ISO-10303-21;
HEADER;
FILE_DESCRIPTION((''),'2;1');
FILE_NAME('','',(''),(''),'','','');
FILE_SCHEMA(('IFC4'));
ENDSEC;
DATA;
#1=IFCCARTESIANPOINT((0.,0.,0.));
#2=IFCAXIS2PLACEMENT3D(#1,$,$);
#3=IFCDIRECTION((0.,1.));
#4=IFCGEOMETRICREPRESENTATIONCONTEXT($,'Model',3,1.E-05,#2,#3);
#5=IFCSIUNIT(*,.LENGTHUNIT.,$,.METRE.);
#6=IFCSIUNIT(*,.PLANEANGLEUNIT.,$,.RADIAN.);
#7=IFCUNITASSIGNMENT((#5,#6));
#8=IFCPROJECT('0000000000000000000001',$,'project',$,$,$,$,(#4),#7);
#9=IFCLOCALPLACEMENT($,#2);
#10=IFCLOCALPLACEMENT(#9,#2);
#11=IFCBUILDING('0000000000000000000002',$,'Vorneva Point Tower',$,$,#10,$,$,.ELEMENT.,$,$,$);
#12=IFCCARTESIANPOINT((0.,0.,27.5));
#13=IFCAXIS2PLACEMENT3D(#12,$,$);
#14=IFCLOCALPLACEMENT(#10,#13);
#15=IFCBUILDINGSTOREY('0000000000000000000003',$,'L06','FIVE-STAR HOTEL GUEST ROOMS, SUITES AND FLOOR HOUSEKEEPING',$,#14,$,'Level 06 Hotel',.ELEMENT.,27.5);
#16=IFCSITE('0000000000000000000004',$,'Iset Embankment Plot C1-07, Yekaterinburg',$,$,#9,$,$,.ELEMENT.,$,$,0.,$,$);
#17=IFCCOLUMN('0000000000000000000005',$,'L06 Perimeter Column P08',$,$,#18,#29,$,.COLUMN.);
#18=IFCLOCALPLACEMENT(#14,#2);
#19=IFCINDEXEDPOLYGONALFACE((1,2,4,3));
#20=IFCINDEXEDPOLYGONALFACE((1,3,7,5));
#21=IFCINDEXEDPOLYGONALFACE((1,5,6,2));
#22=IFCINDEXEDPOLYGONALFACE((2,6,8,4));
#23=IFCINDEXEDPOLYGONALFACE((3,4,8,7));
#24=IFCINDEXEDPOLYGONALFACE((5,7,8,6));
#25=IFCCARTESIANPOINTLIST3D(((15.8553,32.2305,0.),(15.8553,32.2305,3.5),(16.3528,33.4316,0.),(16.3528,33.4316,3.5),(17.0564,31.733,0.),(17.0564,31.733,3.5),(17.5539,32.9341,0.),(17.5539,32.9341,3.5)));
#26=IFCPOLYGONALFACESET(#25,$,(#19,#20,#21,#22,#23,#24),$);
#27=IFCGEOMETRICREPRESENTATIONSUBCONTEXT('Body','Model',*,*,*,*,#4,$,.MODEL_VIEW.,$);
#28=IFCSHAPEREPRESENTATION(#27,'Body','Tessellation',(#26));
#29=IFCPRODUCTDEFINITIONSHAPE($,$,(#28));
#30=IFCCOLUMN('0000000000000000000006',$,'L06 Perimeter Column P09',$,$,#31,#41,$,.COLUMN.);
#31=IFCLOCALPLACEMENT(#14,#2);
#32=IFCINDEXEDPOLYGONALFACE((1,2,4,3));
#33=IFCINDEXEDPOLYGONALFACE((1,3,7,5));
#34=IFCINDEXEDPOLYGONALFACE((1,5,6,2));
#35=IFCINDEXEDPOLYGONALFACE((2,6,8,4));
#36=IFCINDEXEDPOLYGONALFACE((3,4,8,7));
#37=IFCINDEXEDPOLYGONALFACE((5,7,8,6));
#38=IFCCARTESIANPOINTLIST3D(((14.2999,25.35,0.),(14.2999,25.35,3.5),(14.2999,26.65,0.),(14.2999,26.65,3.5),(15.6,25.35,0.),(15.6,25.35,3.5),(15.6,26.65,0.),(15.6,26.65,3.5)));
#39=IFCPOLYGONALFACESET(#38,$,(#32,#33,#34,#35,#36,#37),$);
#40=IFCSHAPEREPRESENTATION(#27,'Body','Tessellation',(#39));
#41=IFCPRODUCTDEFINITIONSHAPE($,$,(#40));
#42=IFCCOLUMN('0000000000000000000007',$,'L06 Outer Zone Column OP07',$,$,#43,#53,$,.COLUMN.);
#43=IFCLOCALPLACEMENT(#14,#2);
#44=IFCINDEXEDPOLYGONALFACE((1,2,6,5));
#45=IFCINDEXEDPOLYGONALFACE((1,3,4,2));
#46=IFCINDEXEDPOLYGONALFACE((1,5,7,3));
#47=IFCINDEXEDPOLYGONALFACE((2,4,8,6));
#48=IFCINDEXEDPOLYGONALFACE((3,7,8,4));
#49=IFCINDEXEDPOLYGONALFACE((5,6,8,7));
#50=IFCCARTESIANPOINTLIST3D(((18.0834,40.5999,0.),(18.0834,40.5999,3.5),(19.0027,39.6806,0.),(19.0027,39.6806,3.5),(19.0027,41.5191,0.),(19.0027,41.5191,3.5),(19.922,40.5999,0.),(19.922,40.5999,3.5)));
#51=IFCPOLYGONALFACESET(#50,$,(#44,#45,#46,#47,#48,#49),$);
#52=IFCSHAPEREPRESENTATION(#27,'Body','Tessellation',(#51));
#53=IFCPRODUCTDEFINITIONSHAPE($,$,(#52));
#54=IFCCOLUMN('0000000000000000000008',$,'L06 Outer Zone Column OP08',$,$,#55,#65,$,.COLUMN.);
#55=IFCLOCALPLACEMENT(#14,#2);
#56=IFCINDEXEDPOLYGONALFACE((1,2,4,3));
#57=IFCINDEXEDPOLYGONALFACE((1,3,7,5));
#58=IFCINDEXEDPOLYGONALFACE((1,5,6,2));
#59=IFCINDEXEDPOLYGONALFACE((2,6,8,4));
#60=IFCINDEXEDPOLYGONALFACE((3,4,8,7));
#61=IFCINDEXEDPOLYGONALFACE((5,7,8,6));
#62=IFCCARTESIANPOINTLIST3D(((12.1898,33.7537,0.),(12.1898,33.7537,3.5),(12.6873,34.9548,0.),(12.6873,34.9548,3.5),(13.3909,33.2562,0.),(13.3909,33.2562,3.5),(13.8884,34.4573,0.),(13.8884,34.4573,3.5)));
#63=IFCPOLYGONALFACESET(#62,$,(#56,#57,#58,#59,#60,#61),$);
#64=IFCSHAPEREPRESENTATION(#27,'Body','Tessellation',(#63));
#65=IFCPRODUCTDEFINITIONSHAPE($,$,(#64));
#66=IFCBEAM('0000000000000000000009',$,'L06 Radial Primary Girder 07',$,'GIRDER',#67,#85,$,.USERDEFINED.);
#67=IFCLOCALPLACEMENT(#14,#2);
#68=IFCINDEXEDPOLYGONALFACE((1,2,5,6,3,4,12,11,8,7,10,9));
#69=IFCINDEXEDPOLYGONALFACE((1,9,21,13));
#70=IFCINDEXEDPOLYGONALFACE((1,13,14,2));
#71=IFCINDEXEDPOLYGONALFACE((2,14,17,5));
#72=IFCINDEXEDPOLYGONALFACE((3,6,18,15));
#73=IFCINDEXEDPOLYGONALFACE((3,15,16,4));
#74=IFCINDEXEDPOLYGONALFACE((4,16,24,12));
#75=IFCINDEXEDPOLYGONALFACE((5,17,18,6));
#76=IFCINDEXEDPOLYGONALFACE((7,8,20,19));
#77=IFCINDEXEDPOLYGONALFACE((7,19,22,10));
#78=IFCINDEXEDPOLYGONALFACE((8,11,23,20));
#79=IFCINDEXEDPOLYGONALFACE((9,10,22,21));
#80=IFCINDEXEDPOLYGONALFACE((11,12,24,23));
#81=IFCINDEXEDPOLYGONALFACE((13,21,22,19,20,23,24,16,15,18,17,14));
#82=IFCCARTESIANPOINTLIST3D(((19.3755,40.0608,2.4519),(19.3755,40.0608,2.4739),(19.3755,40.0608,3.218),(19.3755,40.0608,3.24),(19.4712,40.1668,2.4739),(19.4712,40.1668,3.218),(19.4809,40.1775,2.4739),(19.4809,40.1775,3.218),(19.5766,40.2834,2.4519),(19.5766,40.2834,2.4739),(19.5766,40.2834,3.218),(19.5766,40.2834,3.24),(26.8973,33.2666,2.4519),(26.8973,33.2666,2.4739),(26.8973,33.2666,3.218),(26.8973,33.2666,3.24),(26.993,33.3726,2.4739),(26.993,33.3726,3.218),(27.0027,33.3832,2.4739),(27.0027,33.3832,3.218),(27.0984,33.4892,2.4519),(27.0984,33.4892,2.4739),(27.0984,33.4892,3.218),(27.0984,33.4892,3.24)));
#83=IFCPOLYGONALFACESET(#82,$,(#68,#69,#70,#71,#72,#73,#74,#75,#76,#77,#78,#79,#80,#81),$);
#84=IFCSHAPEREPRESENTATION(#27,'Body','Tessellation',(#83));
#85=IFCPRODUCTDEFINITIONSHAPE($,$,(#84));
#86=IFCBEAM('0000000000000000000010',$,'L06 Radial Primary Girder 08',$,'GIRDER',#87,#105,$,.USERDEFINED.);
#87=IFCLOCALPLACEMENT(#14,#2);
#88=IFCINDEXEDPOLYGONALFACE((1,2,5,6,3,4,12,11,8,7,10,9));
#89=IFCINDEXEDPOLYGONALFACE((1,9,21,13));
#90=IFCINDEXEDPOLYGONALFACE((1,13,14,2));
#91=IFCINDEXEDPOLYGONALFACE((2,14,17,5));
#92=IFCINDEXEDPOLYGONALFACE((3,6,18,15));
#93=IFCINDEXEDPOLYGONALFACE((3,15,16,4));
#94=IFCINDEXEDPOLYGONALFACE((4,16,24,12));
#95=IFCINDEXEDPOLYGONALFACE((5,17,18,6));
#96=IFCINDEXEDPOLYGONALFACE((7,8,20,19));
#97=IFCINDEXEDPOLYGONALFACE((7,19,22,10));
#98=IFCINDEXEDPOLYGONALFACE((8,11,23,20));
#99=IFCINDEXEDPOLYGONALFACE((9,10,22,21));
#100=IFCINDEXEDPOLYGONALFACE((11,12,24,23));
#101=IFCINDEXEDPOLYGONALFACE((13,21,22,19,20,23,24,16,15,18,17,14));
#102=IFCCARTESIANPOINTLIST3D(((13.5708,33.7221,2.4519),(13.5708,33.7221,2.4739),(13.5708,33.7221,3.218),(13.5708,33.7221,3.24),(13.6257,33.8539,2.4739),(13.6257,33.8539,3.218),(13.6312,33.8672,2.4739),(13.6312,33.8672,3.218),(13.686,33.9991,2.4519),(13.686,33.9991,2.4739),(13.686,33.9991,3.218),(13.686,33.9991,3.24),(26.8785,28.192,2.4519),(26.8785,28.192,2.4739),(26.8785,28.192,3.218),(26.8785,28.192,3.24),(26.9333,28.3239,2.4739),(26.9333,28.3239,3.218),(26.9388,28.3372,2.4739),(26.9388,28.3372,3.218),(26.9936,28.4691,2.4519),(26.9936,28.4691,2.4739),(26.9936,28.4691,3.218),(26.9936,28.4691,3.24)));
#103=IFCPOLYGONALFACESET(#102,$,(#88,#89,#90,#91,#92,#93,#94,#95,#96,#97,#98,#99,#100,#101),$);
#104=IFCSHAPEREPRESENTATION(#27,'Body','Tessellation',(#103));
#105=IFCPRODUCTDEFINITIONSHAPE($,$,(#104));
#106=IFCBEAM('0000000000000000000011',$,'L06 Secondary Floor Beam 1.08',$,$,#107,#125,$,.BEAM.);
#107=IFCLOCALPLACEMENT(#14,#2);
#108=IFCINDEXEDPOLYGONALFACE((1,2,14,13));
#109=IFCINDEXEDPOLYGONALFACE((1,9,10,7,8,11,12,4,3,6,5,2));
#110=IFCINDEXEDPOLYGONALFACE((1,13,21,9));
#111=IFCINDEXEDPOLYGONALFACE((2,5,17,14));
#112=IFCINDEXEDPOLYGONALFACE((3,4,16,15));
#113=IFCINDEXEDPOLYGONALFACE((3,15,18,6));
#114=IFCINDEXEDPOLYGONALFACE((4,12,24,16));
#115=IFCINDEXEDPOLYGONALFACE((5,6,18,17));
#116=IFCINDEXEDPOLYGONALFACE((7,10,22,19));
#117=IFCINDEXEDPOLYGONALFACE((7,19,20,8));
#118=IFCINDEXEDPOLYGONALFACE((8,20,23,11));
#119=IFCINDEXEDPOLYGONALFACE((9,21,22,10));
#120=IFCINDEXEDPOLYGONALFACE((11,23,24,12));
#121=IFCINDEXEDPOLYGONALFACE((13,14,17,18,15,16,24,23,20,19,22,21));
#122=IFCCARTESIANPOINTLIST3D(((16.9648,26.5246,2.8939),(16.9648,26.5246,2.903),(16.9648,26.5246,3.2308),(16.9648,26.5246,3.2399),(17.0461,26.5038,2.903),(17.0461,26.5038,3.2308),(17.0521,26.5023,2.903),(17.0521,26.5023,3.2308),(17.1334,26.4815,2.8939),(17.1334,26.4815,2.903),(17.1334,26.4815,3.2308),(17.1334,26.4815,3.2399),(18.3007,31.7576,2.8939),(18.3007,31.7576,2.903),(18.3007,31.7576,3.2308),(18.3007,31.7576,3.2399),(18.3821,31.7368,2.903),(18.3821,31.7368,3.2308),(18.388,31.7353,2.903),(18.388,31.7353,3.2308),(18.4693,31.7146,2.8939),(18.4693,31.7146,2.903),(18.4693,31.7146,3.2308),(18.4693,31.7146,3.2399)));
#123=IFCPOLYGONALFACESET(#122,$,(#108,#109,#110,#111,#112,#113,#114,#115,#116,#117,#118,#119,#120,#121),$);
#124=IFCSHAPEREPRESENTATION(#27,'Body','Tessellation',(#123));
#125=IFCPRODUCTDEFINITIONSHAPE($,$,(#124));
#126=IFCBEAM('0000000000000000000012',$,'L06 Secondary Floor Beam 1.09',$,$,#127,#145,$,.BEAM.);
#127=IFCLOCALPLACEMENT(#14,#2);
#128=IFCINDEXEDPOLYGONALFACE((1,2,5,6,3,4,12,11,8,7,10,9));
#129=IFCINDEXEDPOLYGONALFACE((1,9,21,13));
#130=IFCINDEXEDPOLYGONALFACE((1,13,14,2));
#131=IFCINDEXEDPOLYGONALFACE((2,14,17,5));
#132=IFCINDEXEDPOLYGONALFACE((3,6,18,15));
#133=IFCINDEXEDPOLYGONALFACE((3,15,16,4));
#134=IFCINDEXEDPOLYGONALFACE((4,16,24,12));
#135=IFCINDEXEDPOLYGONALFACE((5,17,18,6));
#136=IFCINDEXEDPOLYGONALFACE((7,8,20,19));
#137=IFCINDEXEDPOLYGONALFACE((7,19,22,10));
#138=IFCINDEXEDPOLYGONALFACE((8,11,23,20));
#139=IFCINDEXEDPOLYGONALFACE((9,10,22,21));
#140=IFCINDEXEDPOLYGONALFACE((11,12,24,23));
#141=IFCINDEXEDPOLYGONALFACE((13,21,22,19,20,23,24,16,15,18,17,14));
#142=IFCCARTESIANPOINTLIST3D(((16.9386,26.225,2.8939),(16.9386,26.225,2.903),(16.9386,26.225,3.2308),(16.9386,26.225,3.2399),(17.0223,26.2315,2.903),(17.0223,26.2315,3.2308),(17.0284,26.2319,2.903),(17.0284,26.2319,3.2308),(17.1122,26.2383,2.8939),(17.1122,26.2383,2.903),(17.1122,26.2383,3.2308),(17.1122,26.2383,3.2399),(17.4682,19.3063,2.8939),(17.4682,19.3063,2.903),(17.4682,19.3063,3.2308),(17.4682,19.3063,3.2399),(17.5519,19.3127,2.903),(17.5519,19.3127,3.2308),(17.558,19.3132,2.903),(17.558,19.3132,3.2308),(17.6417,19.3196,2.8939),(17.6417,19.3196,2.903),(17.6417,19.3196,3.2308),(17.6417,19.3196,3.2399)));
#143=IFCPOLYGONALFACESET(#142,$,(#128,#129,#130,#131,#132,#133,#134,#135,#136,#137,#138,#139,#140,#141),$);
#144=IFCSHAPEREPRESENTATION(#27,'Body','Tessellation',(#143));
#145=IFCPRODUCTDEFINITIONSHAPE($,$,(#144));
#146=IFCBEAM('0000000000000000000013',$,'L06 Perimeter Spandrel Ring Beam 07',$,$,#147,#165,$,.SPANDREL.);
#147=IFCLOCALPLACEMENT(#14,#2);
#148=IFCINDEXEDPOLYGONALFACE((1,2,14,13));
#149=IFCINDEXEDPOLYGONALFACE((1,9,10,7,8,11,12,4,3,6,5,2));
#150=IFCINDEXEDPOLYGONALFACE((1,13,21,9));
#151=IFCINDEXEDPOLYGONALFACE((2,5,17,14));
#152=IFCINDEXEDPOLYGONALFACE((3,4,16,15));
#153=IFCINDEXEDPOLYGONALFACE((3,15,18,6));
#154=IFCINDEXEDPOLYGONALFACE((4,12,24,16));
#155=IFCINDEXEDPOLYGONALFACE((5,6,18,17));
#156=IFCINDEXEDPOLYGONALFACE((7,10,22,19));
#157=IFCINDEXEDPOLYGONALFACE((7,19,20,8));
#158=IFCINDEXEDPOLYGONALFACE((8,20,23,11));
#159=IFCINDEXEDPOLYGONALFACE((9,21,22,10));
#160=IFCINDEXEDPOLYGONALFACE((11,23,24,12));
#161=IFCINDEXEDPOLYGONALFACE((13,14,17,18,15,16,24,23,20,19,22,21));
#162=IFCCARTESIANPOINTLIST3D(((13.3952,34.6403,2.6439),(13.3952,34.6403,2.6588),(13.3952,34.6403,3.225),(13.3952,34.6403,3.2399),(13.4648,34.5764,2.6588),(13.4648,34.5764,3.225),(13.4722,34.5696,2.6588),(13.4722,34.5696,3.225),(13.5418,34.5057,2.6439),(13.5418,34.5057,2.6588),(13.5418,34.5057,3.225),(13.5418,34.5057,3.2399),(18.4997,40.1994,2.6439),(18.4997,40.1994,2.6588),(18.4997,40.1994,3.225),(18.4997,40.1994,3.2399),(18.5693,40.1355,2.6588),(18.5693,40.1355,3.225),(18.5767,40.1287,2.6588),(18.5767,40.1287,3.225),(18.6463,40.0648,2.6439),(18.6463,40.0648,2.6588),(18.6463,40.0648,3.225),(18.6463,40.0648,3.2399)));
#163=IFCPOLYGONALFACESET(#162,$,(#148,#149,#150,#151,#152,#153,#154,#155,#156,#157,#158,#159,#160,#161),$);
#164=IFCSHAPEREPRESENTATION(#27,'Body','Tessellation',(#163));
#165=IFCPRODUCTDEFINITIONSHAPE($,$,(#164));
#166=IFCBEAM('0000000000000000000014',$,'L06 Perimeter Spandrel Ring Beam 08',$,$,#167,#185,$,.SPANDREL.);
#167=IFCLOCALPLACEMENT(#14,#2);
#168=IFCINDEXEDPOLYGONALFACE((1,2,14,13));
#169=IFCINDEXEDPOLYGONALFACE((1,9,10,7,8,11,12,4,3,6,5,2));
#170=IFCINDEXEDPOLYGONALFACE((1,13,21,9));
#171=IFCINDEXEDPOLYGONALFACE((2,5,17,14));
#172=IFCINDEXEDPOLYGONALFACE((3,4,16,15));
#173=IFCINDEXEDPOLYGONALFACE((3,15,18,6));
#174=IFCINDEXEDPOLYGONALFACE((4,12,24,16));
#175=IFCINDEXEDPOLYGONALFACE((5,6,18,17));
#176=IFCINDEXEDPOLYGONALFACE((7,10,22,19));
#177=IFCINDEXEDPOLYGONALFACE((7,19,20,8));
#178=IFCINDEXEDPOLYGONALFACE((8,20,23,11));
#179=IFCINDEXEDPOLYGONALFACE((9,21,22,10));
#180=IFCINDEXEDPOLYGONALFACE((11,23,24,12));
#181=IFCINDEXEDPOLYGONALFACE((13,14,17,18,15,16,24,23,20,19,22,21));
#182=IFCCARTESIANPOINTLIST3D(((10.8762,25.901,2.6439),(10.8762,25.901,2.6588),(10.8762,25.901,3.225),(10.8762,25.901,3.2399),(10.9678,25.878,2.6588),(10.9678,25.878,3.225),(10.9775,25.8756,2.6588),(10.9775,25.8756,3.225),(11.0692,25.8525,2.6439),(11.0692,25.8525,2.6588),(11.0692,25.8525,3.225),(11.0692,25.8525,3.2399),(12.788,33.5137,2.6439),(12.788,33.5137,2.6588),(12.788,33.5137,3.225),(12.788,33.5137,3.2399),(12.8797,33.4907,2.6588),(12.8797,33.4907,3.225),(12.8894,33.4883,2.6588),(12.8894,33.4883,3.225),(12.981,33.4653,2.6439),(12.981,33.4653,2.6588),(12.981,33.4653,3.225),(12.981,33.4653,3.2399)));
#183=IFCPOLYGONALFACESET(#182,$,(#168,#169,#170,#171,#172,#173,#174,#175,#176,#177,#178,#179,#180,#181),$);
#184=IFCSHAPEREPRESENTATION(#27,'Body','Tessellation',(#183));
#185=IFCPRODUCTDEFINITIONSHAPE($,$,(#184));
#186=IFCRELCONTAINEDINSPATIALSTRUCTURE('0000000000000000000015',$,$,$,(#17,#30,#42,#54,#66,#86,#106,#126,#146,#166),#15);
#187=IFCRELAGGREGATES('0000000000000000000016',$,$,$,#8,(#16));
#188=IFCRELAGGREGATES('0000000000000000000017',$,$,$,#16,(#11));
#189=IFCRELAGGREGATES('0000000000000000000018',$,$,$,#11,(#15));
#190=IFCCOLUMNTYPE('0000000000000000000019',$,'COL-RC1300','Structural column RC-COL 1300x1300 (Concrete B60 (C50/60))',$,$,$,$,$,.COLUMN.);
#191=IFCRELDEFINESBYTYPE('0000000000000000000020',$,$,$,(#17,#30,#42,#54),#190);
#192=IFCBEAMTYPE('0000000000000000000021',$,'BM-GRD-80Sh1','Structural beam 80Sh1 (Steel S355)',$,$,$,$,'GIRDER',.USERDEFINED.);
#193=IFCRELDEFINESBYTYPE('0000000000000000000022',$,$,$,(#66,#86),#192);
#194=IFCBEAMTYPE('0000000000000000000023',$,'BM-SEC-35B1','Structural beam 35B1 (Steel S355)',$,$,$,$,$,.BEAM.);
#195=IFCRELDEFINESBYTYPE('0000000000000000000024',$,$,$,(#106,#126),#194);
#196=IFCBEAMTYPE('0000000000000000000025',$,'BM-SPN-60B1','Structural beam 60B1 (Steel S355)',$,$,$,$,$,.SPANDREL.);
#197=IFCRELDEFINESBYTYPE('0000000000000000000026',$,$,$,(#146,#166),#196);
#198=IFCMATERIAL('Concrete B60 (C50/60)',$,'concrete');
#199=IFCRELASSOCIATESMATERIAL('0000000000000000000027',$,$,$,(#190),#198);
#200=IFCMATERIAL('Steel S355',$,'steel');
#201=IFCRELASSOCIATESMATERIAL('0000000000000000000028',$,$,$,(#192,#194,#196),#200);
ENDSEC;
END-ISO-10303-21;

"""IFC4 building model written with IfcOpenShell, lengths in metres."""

from ifc_helpers import new_model, si_unit, direction, frame, origin, origin_2d, place, context, subcontext, project, spatial, rectangle, i_section, extrude, material, material_profile, profile_set, type_object, element, save


model = new_model("IFC4")

# Units and contexts
model_context = context("Model", 3, precision=1e-05, world=origin(), true_north=direction((0.0, 1.0)))
body_context = subcontext(model_context, "Body", "Model", "MODEL_VIEW")
ifc_project = project(units=[si_unit("LENGTHUNIT", "METRE"), si_unit("PLANEANGLEUNIT", "RADIAN")], contexts=[model_context])

# Site, building, storey
site_placement = place(None, origin())
site = spatial("IfcSite", under=ifc_project, at=site_placement, Name="Iset Embankment Plot C1-07, Yekaterinburg", CompositionType="ELEMENT", RefElevation=0.0)
building_placement = place(site_placement, origin())
building = spatial("IfcBuilding", under=site, at=building_placement, Name="Vorneva Point Tower", CompositionType="ELEMENT")
storey_placement = place(building_placement, frame((0.0, 0.0, 27.5)))
storey = spatial("IfcBuildingStorey", under=building, at=storey_placement, Name="L06", Description="FIVE-STAR HOTEL GUEST ROOMS, SUITES AND FLOOR HOUSEKEEPING", LongName="Level 06 Hotel", CompositionType="ELEMENT", Elevation=27.5)

# Columns
ifc_material_1 = material(Name="Concrete B60 (C50/60)", Category="concrete")
ifc_material_profile_1 = material_profile(ifc_material_1, rectangle(XDim=1.3, YDim=1.3, at=origin_2d()), Name="RC-COL 1300x1300")
ifc_profile_set_1 = profile_set([ifc_material_profile_1], Name="Concrete B60 (C50/60)")
column_type = type_object("IfcColumnType", Name="COL-RC1300", Description="Structural column RC-COL 1300x1300 (Concrete B60 (C50/60))", PredefinedType="COLUMN", material=ifc_profile_set_1)
for number, where, z_axis, x_axis, name in (
    (1, (16.7046, 32.5823, 0.0), (0.0, 0.0, 1.0), (-0.92388, 0.382683, 0.0), "L06 Perimeter Column P08"),
    (2, (14.95, 26.0, 0.0), (0.0, 0.0, 1.0), (-1.0, 0.0, 0.0), "L06 Perimeter Column P09"),
    (3, (19.0027, 40.5999, 0.0), (0.0, 0.0, 1.0), (-0.707107, 0.707107, 0.0), "L06 Outer Zone Column OP07"),
    (4, (13.0391, 34.1055, 0.0), (0.0, 0.0, 1.0), (-0.92388, 0.382683, 0.0), "L06 Outer Zone Column OP08"),
):
    element("IfcColumn", number, at=place(storey_placement, frame(where, z_axis=z_axis, x_axis=x_axis)), inside=storey, type_object=column_type, Name=name, PredefinedType="COLUMN", context=body_context, shape_type="SweptSolid", body=[
        extrude(rectangle(XDim=1.3, YDim=1.3, at=origin_2d()), origin(), (0.0, 0.0, 1.0), 3.5),
    ])

# Beams
ifc_material_2 = material(Name="Steel S355", Category="steel")
ifc_material_profile_2 = material_profile(ifc_material_2, i_section(OverallWidth=0.3, OverallDepth=0.7881, WebThickness=0.0144, FlangeThickness=0.022, at=origin_2d()), Name="80Sh1")
ifc_profile_set_2 = profile_set([ifc_material_profile_2], Name="Steel S355")
beam_type_1 = type_object("IfcBeamType", Name="BM-GRD-80Sh1", Description="Structural beam 80Sh1 (Steel S355)", ElementType="GIRDER", PredefinedType="USERDEFINED", material=ifc_profile_set_2)
beam_1_placement = place(storey_placement, frame((19.4761, 40.1721, 2.8459), z_axis=(0.742084, -0.670306, 0.0), x_axis=(0.670306, 0.742084, 0.0)))
element("IfcBeam", 5, at=beam_1_placement, inside=storey, type_object=beam_type_1, Name="L06 Radial Primary Girder 07", ObjectType="GIRDER", PredefinedType="USERDEFINED", context=body_context, shape_type="SweptSolid", body=[
    extrude(i_section(OverallWidth=0.3, OverallDepth=0.7881, WebThickness=0.0144, FlangeThickness=0.022, at=origin_2d()), origin(), (0.0, 0.0, 1.0), 10.136),
])
beam_2_placement = place(storey_placement, frame((13.6284, 33.8606, 2.8459), z_axis=(0.923441, -0.383739, 0.0), x_axis=(0.383739, 0.923441, 0.0)))
element("IfcBeam", 6, at=beam_2_placement, inside=storey, type_object=beam_type_1, Name="L06 Radial Primary Girder 08", ObjectType="GIRDER", PredefinedType="USERDEFINED", context=body_context, shape_type="SweptSolid", body=[
    extrude(i_section(OverallWidth=0.3, OverallDepth=0.7881, WebThickness=0.0144, FlangeThickness=0.022, at=origin_2d()), origin(), (0.0, 0.0, 1.0), 14.4109),
])
ifc_material_profile_3 = material_profile(ifc_material_2, i_section(OverallWidth=0.1741, OverallDepth=0.3459, WebThickness=0.0061, FlangeThickness=0.009, at=origin_2d()), Name="35B1")
ifc_profile_set_3 = profile_set([ifc_material_profile_3], Name="Steel S355")
beam_type_2 = type_object("IfcBeamType", Name="BM-SEC-35B1", Description="Structural beam 35B1 (Steel S355)", PredefinedType="BEAM", material=ifc_profile_set_3)
beam_3_placement = place(storey_placement, frame((18.385, 31.7361, 3.0669), z_axis=(-0.247351, -0.968926, 0.0), x_axis=(0.968926, -0.247351, 0.0)))
element("IfcBeam", 7, at=beam_3_placement, inside=storey, type_object=beam_type_2, Name="L06 Secondary Floor Beam 1.08", PredefinedType="BEAM", context=body_context, shape_type="SweptSolid", body=[
    extrude(i_section(OverallWidth=0.1741, OverallDepth=0.3459, WebThickness=0.0061, FlangeThickness=0.009, at=origin_2d()), origin(), (0.0, 0.0, 1.0), 5.4009),
])
beam_4_placement = place(storey_placement, frame((17.0254, 26.2317, 3.0669), z_axis=(0.076314, -0.997084, 0.0), x_axis=(0.997084, 0.076314, 0.0)))
element("IfcBeam", 8, at=beam_4_placement, inside=storey, type_object=beam_type_2, Name="L06 Secondary Floor Beam 1.09", PredefinedType="BEAM", context=body_context, shape_type="SweptSolid", body=[
    extrude(i_section(OverallWidth=0.1741, OverallDepth=0.3459, WebThickness=0.0061, FlangeThickness=0.009, at=origin_2d()), origin(), (0.0, 0.0, 1.0), 6.939),
])
ifc_material_profile_4 = material_profile(ifc_material_2, i_section(OverallWidth=0.199, OverallDepth=0.5959, WebThickness=0.01, FlangeThickness=0.0149, at=origin_2d()), Name="60B1")
ifc_profile_set_4 = profile_set([ifc_material_profile_4], Name="Steel S355")
beam_type_3 = type_object("IfcBeamType", Name="BM-SPN-60B1", Description="Structural beam 60B1 (Steel S355)", PredefinedType="SPANDREL", material=ifc_profile_set_4)
beam_5_placement = place(storey_placement, frame((18.573, 40.1321, 2.9419), z_axis=(-0.676348, -0.736582, 0.0), x_axis=(0.736582, -0.676348, 0.0)))
element("IfcBeam", 9, at=beam_5_placement, inside=storey, type_object=beam_type_3, Name="L06 Perimeter Spandrel Ring Beam 07", PredefinedType="SPANDREL", context=body_context, shape_type="SweptSolid", body=[
    extrude(i_section(OverallWidth=0.199, OverallDepth=0.5959, WebThickness=0.01, FlangeThickness=0.0149, at=origin_2d()), origin(), (0.0, 0.0, 1.0), 7.5471),
])
beam_6_placement = place(storey_placement, frame((12.8845, 33.4895, 2.9419), z_axis=(-0.243575, -0.969882, 0.0), x_axis=(0.969882, -0.243575, 0.0)))
element("IfcBeam", 10, at=beam_6_placement, inside=storey, type_object=beam_type_3, Name="L06 Perimeter Spandrel Ring Beam 08", PredefinedType="SPANDREL", context=body_context, shape_type="SweptSolid", body=[
    extrude(i_section(OverallWidth=0.199, OverallDepth=0.5959, WebThickness=0.01, FlangeThickness=0.0149, at=origin_2d()), origin(), (0.0, 0.0, 1.0), 7.8491),
])

save(model, "model.ifc")
